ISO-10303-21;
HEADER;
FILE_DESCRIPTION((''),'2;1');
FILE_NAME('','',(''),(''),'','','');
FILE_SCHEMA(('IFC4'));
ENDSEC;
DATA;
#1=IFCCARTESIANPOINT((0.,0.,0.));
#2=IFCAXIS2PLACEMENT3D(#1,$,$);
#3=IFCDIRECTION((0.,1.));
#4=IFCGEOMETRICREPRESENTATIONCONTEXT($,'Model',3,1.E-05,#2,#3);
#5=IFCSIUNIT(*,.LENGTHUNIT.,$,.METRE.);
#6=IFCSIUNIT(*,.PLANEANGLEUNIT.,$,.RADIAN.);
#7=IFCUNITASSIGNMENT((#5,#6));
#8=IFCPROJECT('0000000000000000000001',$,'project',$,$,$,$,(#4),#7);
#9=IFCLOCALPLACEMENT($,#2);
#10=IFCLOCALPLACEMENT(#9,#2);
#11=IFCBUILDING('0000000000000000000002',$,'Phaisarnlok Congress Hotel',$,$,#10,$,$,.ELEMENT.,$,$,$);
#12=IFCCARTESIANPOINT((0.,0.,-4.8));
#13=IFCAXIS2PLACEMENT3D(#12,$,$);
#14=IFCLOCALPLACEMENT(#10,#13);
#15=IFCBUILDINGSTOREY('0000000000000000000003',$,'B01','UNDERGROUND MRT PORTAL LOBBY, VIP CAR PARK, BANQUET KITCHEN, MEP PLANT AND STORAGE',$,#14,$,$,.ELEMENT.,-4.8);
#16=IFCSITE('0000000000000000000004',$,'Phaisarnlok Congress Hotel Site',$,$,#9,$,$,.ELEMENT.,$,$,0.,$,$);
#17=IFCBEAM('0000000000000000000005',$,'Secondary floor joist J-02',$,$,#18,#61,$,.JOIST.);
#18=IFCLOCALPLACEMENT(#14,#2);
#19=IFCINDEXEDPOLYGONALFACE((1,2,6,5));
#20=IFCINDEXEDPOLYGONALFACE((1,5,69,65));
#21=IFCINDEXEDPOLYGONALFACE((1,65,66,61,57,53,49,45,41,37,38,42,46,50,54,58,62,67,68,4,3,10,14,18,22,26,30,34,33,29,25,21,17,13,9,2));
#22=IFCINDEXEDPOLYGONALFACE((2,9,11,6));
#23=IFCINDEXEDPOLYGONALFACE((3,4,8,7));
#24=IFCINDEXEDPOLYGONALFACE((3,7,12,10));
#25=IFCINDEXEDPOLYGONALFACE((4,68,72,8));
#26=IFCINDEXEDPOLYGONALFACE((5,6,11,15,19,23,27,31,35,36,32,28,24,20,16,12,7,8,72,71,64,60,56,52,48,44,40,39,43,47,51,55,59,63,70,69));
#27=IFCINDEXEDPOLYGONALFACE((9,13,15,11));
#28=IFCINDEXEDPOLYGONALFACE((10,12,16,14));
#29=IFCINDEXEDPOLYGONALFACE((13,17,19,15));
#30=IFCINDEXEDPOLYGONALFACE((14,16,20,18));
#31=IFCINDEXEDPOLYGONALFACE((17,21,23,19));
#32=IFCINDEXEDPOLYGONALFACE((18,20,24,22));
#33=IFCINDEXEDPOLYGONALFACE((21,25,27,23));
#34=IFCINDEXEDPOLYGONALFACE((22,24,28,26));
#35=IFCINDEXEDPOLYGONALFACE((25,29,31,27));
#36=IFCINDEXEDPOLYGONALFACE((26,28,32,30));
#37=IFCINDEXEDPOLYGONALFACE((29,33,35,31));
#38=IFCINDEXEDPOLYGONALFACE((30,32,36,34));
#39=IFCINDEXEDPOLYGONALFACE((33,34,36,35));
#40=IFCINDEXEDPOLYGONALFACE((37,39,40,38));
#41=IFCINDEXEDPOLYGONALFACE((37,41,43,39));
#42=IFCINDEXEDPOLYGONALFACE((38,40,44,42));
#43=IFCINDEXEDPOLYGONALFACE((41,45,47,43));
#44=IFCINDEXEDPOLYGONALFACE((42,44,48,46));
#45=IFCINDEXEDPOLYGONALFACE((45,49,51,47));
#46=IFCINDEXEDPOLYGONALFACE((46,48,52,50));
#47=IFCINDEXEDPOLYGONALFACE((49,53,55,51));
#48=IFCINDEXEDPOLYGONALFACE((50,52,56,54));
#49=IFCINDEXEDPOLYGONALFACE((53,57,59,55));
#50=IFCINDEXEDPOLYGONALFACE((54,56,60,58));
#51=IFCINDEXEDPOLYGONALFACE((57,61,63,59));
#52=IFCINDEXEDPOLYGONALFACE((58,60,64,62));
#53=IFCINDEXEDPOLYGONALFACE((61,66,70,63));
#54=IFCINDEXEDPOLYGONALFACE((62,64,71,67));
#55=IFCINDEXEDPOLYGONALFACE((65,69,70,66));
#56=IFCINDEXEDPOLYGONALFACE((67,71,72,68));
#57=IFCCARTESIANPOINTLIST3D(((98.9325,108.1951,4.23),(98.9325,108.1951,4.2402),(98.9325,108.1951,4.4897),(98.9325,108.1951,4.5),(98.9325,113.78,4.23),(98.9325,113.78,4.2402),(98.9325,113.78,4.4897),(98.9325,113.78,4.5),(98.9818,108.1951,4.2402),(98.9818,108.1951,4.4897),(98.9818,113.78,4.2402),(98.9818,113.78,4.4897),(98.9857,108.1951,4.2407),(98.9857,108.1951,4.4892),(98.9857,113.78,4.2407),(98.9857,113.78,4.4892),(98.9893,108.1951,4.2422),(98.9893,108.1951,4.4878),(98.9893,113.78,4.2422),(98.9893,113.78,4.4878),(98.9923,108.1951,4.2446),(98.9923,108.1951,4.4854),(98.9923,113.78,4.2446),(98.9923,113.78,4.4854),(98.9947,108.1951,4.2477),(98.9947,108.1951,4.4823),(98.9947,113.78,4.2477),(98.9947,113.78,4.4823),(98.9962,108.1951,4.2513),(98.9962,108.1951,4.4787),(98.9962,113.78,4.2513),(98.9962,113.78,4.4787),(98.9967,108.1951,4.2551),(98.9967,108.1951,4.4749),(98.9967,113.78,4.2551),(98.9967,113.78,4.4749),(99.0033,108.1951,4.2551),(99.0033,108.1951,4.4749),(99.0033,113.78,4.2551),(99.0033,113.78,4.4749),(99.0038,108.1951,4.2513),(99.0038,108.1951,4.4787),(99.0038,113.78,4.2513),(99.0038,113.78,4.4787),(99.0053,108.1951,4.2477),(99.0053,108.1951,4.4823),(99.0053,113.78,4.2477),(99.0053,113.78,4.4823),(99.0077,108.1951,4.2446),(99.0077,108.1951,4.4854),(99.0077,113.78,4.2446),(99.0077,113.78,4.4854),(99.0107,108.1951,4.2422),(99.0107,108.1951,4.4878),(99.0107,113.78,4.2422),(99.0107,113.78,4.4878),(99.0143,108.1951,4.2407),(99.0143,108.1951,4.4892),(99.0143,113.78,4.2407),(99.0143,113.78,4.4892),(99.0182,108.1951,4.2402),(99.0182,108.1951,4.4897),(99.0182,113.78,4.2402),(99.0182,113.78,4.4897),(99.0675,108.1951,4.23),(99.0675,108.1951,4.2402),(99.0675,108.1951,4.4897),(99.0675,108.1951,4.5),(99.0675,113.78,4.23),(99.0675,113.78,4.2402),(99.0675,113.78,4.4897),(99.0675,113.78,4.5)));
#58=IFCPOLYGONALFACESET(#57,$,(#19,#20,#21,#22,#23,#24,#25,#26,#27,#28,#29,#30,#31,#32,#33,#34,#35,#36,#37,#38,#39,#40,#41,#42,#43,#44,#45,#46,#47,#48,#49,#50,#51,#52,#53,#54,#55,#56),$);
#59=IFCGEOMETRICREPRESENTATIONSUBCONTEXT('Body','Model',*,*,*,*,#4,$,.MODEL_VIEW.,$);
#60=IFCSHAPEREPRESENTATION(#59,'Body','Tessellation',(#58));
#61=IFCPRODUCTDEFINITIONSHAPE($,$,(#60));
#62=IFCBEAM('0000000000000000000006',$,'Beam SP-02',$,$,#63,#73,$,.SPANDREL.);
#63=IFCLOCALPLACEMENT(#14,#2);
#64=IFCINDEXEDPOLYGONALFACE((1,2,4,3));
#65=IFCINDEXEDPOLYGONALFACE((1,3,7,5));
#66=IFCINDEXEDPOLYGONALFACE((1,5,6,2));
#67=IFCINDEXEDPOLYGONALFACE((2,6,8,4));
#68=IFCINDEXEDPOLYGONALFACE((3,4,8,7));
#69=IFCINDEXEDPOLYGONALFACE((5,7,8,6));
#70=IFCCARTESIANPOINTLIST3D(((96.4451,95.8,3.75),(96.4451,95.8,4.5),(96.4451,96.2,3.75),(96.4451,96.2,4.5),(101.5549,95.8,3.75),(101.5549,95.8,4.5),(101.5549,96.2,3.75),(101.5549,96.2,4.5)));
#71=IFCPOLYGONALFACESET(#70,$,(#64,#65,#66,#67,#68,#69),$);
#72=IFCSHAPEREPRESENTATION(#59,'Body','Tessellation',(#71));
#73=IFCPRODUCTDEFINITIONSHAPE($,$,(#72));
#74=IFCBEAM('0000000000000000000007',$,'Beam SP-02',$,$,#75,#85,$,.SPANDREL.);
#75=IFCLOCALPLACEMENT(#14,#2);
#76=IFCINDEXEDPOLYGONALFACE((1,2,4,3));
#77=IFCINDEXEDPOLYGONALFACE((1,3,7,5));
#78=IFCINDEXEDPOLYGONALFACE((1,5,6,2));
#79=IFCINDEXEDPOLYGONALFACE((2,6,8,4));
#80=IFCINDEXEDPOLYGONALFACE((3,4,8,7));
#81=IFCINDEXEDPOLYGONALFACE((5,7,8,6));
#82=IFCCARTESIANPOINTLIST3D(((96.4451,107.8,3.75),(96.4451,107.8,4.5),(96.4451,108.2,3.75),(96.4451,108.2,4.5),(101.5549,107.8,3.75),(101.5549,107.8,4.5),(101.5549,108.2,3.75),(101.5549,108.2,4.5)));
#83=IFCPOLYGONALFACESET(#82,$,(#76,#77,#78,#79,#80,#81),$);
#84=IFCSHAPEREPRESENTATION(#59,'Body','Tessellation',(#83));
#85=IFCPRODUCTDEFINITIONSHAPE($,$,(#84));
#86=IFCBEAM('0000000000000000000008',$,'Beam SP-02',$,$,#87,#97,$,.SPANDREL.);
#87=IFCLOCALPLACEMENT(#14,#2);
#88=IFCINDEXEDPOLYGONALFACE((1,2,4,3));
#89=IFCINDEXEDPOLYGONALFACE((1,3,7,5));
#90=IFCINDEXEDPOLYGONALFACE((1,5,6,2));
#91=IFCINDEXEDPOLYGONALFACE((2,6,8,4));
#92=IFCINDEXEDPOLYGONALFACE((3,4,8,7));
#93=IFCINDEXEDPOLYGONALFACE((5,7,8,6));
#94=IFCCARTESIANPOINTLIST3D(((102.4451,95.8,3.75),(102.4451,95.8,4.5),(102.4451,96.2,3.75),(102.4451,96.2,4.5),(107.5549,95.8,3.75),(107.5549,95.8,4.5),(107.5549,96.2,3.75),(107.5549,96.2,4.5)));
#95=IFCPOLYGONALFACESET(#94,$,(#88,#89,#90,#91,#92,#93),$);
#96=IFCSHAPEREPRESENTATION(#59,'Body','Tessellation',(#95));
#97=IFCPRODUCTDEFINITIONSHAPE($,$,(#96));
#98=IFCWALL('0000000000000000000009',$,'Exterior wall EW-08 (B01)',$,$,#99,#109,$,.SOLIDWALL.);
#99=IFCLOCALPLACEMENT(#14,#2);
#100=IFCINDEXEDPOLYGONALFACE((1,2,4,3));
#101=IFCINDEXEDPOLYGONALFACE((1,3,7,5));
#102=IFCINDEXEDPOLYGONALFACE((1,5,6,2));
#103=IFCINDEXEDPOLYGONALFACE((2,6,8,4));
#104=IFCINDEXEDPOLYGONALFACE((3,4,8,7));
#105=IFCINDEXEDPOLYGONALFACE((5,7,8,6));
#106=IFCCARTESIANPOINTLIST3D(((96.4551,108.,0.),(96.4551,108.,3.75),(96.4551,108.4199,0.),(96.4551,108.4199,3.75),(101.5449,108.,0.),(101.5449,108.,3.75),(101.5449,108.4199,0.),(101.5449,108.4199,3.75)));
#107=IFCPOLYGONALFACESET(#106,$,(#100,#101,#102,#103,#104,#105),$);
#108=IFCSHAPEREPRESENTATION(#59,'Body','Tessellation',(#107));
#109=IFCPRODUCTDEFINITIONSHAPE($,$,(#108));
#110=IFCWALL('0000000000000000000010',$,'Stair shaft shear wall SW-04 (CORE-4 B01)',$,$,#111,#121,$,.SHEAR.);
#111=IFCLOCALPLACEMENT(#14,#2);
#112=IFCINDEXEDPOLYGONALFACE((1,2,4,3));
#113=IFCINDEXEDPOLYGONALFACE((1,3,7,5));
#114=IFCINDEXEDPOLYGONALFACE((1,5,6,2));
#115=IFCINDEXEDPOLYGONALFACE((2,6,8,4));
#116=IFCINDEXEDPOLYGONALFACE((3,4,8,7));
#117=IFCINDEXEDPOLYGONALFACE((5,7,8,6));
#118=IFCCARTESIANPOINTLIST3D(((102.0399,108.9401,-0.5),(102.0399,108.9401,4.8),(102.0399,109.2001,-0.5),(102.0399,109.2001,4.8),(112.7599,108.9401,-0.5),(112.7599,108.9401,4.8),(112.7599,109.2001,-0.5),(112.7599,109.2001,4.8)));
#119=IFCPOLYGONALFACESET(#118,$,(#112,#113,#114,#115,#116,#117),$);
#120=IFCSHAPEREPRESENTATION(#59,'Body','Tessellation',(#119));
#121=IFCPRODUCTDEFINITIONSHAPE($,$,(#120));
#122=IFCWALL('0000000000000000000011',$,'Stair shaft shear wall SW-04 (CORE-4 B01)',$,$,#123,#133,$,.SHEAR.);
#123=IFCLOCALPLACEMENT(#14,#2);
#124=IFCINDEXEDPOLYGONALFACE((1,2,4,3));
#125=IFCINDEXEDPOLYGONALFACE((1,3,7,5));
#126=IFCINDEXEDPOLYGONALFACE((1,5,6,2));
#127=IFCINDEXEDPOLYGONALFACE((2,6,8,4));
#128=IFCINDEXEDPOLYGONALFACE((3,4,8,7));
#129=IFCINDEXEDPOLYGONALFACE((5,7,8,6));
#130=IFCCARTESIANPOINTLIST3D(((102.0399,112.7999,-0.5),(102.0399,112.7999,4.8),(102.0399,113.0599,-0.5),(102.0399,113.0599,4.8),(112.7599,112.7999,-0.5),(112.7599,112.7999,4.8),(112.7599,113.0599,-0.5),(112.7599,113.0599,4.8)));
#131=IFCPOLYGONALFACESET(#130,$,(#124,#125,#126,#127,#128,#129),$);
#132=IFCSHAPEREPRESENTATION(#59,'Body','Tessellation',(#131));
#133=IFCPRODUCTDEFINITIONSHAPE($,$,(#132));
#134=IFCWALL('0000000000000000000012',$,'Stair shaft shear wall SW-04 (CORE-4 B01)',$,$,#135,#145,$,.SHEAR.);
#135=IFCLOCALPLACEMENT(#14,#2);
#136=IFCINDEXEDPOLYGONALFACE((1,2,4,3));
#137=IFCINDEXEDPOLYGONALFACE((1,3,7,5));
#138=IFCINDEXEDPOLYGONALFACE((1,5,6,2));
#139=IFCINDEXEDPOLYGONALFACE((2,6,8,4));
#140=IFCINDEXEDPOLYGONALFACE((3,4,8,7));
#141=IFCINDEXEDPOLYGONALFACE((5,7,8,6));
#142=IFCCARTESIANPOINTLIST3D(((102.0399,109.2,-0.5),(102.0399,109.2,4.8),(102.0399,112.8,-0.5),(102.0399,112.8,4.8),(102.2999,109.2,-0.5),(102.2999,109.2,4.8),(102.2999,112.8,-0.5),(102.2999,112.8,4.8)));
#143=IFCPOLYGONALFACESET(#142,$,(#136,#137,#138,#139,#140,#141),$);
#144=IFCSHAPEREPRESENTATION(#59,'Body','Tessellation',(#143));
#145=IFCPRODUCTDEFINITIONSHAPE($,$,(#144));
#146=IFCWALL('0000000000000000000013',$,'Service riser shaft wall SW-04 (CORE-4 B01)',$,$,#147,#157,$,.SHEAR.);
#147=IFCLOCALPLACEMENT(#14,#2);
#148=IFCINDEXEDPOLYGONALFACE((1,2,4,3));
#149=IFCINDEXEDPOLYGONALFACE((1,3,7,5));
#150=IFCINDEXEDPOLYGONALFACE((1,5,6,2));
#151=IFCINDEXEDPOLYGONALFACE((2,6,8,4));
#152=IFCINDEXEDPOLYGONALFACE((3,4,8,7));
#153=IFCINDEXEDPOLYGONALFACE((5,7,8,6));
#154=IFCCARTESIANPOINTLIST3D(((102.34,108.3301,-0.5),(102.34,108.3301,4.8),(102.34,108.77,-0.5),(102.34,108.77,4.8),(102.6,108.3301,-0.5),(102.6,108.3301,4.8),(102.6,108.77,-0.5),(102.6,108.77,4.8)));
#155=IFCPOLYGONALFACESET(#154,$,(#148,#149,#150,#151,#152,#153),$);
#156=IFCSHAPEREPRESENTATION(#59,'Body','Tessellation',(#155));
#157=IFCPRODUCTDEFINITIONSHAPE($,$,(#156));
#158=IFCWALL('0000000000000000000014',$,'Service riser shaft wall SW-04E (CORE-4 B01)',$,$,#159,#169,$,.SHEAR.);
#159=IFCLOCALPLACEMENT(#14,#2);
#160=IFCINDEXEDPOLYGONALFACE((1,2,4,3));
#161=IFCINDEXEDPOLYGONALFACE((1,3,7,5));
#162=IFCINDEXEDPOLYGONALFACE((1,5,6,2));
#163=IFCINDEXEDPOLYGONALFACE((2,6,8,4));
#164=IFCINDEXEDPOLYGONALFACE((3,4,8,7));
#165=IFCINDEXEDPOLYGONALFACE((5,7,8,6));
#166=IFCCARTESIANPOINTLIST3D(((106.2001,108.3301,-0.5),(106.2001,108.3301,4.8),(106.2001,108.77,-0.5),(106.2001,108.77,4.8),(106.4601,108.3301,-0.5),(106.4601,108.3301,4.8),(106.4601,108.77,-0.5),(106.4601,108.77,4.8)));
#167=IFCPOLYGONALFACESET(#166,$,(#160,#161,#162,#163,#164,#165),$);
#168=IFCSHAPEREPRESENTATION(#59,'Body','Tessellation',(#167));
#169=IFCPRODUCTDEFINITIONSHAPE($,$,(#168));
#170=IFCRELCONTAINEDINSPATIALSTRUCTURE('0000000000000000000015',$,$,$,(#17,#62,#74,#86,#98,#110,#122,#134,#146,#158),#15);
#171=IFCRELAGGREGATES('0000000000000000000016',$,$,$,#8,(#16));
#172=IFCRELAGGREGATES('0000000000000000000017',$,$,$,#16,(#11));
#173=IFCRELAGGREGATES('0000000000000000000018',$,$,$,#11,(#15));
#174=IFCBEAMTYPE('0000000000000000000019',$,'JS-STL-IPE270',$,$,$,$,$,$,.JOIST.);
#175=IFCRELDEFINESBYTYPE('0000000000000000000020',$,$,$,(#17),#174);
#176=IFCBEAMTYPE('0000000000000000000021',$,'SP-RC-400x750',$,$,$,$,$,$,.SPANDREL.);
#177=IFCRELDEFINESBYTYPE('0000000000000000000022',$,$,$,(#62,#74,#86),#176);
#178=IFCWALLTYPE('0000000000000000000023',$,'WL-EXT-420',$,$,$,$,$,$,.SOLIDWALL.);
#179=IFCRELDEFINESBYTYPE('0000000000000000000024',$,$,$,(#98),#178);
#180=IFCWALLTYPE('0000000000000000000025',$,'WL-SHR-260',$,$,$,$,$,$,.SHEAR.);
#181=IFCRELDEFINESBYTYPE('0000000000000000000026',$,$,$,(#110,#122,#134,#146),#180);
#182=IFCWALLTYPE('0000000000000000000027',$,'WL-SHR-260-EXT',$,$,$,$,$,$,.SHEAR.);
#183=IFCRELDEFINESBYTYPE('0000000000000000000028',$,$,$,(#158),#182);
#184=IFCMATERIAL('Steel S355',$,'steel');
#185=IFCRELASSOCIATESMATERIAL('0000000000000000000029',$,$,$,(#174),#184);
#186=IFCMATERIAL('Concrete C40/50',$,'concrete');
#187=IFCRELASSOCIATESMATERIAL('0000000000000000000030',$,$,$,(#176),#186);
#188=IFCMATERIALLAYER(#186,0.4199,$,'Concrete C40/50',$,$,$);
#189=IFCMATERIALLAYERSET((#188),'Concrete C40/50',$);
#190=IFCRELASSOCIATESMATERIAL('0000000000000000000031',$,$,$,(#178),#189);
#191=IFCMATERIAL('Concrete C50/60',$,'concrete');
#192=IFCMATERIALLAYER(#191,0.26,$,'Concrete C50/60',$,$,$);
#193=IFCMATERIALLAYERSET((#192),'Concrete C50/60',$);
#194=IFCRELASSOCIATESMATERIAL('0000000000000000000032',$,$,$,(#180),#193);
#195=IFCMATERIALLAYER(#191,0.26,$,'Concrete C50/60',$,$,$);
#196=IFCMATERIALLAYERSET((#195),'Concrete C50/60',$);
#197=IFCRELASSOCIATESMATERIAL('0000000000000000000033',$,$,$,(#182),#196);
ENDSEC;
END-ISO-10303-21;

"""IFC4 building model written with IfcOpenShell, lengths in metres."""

from ifc_helpers import new_model, si_unit, direction, frame, frame_2d, origin, origin_2d, place, context, subcontext, project, spatial, rectangle, i_section, extrude, material, layer, layer_set, material_profile, profile_set, type_object, element, save


model = new_model("IFC4")

# Units and contexts
model_context = context("Model", 3, precision=1e-05, world=origin(), true_north=direction((0.0, 1.0)))
body_context = subcontext(model_context, "Body", "Model", "MODEL_VIEW")
ifc_project = project(units=[si_unit("LENGTHUNIT", "METRE"), si_unit("PLANEANGLEUNIT", "RADIAN")], contexts=[model_context])

# Site, building, storey
site_placement = place(None, origin())
site = spatial("IfcSite", under=ifc_project, at=site_placement, Name="Phaisarnlok Congress Hotel Site", CompositionType="ELEMENT", RefElevation=0.0)
building_placement = place(site_placement, origin())
building = spatial("IfcBuilding", under=site, at=building_placement, Name="Phaisarnlok Congress Hotel", CompositionType="ELEMENT")
storey_placement = place(building_placement, frame((0.0, 0.0, -4.8)))
storey = spatial("IfcBuildingStorey", under=building, at=storey_placement, Name="B01", Description="UNDERGROUND MRT PORTAL LOBBY, VIP CAR PARK, BANQUET KITCHEN, MEP PLANT AND STORAGE", CompositionType="ELEMENT", Elevation=-4.8)

# Shared definitions
ifc_material_1 = material(Name="Concrete C40/50", Category="concrete")

# Shared definitions
ifc_material_2 = material(Name="Concrete C50/60", Category="concrete")

# Beams
ifc_material_3 = material(Name="Steel S355", Category="steel")
ifc_material_profile_1 = material_profile(ifc_material_3, i_section(OverallWidth=0.135, OverallDepth=0.27, WebThickness=0.0066, FlangeThickness=0.0103, FilletRadius=0.0149, at=origin_2d()), Name="IPE 270")
ifc_profile_set_1 = profile_set([ifc_material_profile_1], Name="Steel S355")
beam_type_1 = type_object("IfcBeamType", Name="JS-STL-IPE270", PredefinedType="JOIST", material=ifc_profile_set_1)
beam_1_placement = place(storey_placement, frame((99.0, 108.1951, 4.365), z_axis=(0.0, 1.0, 0.0), x_axis=(-1.0, 0.0, 0.0)))
element("IfcBeam", 1, at=beam_1_placement, inside=storey, type_object=beam_type_1, Name="Secondary floor joist J-02", PredefinedType="JOIST", context=body_context, shape_type="SweptSolid", body=[
    extrude(i_section(OverallWidth=0.135, OverallDepth=0.27, WebThickness=0.0066, FlangeThickness=0.0103, FilletRadius=0.0149, at=origin_2d()), origin(), (0.0, 0.0, 1.0), 5.585),
])
ifc_material_profile_2 = material_profile(ifc_material_1, rectangle(XDim=0.3999, YDim=0.75, at=origin_2d()), Name="RC 400x750")
ifc_profile_set_2 = profile_set([ifc_material_profile_2], Name="Concrete C40/50")
beam_type_2 = type_object("IfcBeamType", Name="SP-RC-400x750", PredefinedType="SPANDREL", material=ifc_profile_set_2)
for number, where, z_axis, x_axis, name in (
    (2, (96.4451, 96.0, 4.125), (1.0, 0.0, 0.0), (0.0, 1.0, 0.0), "Beam SP-02"),
    (3, (96.4451, 108.0, 4.125), (1.0, 0.0, 0.0), (0.0, 1.0, 0.0), "Beam SP-02"),
    (4, (102.4451, 96.0, 4.125), (1.0, 0.0, 0.0), (0.0, 1.0, 0.0), "Beam SP-02"),
):
    element("IfcBeam", number, at=place(storey_placement, frame(where, z_axis=z_axis, x_axis=x_axis)), inside=storey, type_object=beam_type_2, Name=name, PredefinedType="SPANDREL", context=body_context, shape_type="SweptSolid", body=[
        extrude(rectangle(XDim=0.3999, YDim=0.75, at=origin_2d()), origin(), (0.0, 0.0, 1.0), 5.1099),
    ])

# Walls
ifc_layer_1 = layer(ifc_material_1, 0.4199, Name="Concrete C40/50")
ifc_layer_set_1 = layer_set([ifc_layer_1], Name="Concrete C40/50")
wall_type_1 = type_object("IfcWallType", Name="WL-EXT-420", PredefinedType="SOLIDWALL", material=ifc_layer_set_1)
wall_1_placement = place(storey_placement, frame((96.4551, 108.21, 0.0), z_axis=(0.0, 0.0, 1.0), x_axis=(1.0, 0.0, 0.0)))
element("IfcWall", 5, at=wall_1_placement, inside=storey, type_object=wall_type_1, Name="Exterior wall EW-08 (B01)", PredefinedType="SOLIDWALL", context=body_context, shape_type="SweptSolid", body=[
    extrude(rectangle(XDim=5.0898, YDim=0.4199, at=frame_2d((2.5449, 0.0))), origin(), (0.0, 0.0, 1.0), 3.75),
])
ifc_layer_2 = layer(ifc_material_2, 0.26, Name="Concrete C50/60")
ifc_layer_set_2 = layer_set([ifc_layer_2], Name="Concrete C50/60")
wall_type_2 = type_object("IfcWallType", Name="WL-SHR-260", PredefinedType="SHEAR", material=ifc_layer_set_2)
for number, where, z_axis, x_axis, name in (
    (6, (102.04, 109.0701, -0.5), (0.0, 0.0, 1.0), (1.0, 0.0, 0.0), "Stair shaft shear wall SW-04 (CORE-4 B01)"),
    (7, (102.04, 112.9299, -0.5), (0.0, 0.0, 1.0), (1.0, 0.0, 0.0), "Stair shaft shear wall SW-04 (CORE-4 B01)"),
):
    element("IfcWall", number, at=place(storey_placement, frame(where, z_axis=z_axis, x_axis=x_axis)), inside=storey, type_object=wall_type_2, Name=name, PredefinedType="SHEAR", context=body_context, shape_type="SweptSolid", body=[
        extrude(rectangle(XDim=10.72, YDim=0.26, at=frame_2d((5.3599, 0.0))), origin(), (0.0, 0.0, 1.0), 5.3),
    ])
wall_2_placement = place(storey_placement, frame((102.1699, 109.2, -0.5), z_axis=(0.0, 0.0, 1.0), x_axis=(0.0, 1.0, 0.0)))
element("IfcWall", 8, at=wall_2_placement, inside=storey, type_object=wall_type_2, Name="Stair shaft shear wall SW-04 (CORE-4 B01)", PredefinedType="SHEAR", context=body_context, shape_type="SweptSolid", body=[
    extrude(rectangle(XDim=3.6001, YDim=0.26, at=frame_2d((1.8, 0.0))), origin(), (0.0, 0.0, 1.0), 5.3),
])
wall_3_placement = place(storey_placement, frame((102.47, 108.3301, -0.5), z_axis=(0.0, 0.0, 1.0), x_axis=(0.0, 1.0, 0.0)))
element("IfcWall", 9, at=wall_3_placement, inside=storey, type_object=wall_type_2, Name="Service riser shaft wall SW-04 (CORE-4 B01)", PredefinedType="SHEAR", context=body_context, shape_type="SweptSolid", body=[
    extrude(rectangle(XDim=0.4399, YDim=0.26, at=frame_2d((0.22, 0.0))), origin(), (0.0, 0.0, 1.0), 5.3),
])
ifc_layer_3 = layer(ifc_material_2, 0.26, Name="Concrete C50/60")
ifc_layer_set_3 = layer_set([ifc_layer_3], Name="Concrete C50/60")
wall_type_3 = type_object("IfcWallType", Name="WL-SHR-260-EXT", PredefinedType="SHEAR", material=ifc_layer_set_3)
wall_4_placement = place(storey_placement, frame((106.3301, 108.3301, -0.5), z_axis=(0.0, 0.0, 1.0), x_axis=(0.0, 1.0, 0.0)))
element("IfcWall", 10, at=wall_4_placement, inside=storey, type_object=wall_type_3, Name="Service riser shaft wall SW-04E (CORE-4 B01)", PredefinedType="SHEAR", context=body_context, shape_type="SweptSolid", body=[
    extrude(rectangle(XDim=0.4399, YDim=0.26, at=frame_2d((0.22, 0.0))), origin(), (0.0, 0.0, 1.0), 5.3),
])

save(model, "model.ifc")
